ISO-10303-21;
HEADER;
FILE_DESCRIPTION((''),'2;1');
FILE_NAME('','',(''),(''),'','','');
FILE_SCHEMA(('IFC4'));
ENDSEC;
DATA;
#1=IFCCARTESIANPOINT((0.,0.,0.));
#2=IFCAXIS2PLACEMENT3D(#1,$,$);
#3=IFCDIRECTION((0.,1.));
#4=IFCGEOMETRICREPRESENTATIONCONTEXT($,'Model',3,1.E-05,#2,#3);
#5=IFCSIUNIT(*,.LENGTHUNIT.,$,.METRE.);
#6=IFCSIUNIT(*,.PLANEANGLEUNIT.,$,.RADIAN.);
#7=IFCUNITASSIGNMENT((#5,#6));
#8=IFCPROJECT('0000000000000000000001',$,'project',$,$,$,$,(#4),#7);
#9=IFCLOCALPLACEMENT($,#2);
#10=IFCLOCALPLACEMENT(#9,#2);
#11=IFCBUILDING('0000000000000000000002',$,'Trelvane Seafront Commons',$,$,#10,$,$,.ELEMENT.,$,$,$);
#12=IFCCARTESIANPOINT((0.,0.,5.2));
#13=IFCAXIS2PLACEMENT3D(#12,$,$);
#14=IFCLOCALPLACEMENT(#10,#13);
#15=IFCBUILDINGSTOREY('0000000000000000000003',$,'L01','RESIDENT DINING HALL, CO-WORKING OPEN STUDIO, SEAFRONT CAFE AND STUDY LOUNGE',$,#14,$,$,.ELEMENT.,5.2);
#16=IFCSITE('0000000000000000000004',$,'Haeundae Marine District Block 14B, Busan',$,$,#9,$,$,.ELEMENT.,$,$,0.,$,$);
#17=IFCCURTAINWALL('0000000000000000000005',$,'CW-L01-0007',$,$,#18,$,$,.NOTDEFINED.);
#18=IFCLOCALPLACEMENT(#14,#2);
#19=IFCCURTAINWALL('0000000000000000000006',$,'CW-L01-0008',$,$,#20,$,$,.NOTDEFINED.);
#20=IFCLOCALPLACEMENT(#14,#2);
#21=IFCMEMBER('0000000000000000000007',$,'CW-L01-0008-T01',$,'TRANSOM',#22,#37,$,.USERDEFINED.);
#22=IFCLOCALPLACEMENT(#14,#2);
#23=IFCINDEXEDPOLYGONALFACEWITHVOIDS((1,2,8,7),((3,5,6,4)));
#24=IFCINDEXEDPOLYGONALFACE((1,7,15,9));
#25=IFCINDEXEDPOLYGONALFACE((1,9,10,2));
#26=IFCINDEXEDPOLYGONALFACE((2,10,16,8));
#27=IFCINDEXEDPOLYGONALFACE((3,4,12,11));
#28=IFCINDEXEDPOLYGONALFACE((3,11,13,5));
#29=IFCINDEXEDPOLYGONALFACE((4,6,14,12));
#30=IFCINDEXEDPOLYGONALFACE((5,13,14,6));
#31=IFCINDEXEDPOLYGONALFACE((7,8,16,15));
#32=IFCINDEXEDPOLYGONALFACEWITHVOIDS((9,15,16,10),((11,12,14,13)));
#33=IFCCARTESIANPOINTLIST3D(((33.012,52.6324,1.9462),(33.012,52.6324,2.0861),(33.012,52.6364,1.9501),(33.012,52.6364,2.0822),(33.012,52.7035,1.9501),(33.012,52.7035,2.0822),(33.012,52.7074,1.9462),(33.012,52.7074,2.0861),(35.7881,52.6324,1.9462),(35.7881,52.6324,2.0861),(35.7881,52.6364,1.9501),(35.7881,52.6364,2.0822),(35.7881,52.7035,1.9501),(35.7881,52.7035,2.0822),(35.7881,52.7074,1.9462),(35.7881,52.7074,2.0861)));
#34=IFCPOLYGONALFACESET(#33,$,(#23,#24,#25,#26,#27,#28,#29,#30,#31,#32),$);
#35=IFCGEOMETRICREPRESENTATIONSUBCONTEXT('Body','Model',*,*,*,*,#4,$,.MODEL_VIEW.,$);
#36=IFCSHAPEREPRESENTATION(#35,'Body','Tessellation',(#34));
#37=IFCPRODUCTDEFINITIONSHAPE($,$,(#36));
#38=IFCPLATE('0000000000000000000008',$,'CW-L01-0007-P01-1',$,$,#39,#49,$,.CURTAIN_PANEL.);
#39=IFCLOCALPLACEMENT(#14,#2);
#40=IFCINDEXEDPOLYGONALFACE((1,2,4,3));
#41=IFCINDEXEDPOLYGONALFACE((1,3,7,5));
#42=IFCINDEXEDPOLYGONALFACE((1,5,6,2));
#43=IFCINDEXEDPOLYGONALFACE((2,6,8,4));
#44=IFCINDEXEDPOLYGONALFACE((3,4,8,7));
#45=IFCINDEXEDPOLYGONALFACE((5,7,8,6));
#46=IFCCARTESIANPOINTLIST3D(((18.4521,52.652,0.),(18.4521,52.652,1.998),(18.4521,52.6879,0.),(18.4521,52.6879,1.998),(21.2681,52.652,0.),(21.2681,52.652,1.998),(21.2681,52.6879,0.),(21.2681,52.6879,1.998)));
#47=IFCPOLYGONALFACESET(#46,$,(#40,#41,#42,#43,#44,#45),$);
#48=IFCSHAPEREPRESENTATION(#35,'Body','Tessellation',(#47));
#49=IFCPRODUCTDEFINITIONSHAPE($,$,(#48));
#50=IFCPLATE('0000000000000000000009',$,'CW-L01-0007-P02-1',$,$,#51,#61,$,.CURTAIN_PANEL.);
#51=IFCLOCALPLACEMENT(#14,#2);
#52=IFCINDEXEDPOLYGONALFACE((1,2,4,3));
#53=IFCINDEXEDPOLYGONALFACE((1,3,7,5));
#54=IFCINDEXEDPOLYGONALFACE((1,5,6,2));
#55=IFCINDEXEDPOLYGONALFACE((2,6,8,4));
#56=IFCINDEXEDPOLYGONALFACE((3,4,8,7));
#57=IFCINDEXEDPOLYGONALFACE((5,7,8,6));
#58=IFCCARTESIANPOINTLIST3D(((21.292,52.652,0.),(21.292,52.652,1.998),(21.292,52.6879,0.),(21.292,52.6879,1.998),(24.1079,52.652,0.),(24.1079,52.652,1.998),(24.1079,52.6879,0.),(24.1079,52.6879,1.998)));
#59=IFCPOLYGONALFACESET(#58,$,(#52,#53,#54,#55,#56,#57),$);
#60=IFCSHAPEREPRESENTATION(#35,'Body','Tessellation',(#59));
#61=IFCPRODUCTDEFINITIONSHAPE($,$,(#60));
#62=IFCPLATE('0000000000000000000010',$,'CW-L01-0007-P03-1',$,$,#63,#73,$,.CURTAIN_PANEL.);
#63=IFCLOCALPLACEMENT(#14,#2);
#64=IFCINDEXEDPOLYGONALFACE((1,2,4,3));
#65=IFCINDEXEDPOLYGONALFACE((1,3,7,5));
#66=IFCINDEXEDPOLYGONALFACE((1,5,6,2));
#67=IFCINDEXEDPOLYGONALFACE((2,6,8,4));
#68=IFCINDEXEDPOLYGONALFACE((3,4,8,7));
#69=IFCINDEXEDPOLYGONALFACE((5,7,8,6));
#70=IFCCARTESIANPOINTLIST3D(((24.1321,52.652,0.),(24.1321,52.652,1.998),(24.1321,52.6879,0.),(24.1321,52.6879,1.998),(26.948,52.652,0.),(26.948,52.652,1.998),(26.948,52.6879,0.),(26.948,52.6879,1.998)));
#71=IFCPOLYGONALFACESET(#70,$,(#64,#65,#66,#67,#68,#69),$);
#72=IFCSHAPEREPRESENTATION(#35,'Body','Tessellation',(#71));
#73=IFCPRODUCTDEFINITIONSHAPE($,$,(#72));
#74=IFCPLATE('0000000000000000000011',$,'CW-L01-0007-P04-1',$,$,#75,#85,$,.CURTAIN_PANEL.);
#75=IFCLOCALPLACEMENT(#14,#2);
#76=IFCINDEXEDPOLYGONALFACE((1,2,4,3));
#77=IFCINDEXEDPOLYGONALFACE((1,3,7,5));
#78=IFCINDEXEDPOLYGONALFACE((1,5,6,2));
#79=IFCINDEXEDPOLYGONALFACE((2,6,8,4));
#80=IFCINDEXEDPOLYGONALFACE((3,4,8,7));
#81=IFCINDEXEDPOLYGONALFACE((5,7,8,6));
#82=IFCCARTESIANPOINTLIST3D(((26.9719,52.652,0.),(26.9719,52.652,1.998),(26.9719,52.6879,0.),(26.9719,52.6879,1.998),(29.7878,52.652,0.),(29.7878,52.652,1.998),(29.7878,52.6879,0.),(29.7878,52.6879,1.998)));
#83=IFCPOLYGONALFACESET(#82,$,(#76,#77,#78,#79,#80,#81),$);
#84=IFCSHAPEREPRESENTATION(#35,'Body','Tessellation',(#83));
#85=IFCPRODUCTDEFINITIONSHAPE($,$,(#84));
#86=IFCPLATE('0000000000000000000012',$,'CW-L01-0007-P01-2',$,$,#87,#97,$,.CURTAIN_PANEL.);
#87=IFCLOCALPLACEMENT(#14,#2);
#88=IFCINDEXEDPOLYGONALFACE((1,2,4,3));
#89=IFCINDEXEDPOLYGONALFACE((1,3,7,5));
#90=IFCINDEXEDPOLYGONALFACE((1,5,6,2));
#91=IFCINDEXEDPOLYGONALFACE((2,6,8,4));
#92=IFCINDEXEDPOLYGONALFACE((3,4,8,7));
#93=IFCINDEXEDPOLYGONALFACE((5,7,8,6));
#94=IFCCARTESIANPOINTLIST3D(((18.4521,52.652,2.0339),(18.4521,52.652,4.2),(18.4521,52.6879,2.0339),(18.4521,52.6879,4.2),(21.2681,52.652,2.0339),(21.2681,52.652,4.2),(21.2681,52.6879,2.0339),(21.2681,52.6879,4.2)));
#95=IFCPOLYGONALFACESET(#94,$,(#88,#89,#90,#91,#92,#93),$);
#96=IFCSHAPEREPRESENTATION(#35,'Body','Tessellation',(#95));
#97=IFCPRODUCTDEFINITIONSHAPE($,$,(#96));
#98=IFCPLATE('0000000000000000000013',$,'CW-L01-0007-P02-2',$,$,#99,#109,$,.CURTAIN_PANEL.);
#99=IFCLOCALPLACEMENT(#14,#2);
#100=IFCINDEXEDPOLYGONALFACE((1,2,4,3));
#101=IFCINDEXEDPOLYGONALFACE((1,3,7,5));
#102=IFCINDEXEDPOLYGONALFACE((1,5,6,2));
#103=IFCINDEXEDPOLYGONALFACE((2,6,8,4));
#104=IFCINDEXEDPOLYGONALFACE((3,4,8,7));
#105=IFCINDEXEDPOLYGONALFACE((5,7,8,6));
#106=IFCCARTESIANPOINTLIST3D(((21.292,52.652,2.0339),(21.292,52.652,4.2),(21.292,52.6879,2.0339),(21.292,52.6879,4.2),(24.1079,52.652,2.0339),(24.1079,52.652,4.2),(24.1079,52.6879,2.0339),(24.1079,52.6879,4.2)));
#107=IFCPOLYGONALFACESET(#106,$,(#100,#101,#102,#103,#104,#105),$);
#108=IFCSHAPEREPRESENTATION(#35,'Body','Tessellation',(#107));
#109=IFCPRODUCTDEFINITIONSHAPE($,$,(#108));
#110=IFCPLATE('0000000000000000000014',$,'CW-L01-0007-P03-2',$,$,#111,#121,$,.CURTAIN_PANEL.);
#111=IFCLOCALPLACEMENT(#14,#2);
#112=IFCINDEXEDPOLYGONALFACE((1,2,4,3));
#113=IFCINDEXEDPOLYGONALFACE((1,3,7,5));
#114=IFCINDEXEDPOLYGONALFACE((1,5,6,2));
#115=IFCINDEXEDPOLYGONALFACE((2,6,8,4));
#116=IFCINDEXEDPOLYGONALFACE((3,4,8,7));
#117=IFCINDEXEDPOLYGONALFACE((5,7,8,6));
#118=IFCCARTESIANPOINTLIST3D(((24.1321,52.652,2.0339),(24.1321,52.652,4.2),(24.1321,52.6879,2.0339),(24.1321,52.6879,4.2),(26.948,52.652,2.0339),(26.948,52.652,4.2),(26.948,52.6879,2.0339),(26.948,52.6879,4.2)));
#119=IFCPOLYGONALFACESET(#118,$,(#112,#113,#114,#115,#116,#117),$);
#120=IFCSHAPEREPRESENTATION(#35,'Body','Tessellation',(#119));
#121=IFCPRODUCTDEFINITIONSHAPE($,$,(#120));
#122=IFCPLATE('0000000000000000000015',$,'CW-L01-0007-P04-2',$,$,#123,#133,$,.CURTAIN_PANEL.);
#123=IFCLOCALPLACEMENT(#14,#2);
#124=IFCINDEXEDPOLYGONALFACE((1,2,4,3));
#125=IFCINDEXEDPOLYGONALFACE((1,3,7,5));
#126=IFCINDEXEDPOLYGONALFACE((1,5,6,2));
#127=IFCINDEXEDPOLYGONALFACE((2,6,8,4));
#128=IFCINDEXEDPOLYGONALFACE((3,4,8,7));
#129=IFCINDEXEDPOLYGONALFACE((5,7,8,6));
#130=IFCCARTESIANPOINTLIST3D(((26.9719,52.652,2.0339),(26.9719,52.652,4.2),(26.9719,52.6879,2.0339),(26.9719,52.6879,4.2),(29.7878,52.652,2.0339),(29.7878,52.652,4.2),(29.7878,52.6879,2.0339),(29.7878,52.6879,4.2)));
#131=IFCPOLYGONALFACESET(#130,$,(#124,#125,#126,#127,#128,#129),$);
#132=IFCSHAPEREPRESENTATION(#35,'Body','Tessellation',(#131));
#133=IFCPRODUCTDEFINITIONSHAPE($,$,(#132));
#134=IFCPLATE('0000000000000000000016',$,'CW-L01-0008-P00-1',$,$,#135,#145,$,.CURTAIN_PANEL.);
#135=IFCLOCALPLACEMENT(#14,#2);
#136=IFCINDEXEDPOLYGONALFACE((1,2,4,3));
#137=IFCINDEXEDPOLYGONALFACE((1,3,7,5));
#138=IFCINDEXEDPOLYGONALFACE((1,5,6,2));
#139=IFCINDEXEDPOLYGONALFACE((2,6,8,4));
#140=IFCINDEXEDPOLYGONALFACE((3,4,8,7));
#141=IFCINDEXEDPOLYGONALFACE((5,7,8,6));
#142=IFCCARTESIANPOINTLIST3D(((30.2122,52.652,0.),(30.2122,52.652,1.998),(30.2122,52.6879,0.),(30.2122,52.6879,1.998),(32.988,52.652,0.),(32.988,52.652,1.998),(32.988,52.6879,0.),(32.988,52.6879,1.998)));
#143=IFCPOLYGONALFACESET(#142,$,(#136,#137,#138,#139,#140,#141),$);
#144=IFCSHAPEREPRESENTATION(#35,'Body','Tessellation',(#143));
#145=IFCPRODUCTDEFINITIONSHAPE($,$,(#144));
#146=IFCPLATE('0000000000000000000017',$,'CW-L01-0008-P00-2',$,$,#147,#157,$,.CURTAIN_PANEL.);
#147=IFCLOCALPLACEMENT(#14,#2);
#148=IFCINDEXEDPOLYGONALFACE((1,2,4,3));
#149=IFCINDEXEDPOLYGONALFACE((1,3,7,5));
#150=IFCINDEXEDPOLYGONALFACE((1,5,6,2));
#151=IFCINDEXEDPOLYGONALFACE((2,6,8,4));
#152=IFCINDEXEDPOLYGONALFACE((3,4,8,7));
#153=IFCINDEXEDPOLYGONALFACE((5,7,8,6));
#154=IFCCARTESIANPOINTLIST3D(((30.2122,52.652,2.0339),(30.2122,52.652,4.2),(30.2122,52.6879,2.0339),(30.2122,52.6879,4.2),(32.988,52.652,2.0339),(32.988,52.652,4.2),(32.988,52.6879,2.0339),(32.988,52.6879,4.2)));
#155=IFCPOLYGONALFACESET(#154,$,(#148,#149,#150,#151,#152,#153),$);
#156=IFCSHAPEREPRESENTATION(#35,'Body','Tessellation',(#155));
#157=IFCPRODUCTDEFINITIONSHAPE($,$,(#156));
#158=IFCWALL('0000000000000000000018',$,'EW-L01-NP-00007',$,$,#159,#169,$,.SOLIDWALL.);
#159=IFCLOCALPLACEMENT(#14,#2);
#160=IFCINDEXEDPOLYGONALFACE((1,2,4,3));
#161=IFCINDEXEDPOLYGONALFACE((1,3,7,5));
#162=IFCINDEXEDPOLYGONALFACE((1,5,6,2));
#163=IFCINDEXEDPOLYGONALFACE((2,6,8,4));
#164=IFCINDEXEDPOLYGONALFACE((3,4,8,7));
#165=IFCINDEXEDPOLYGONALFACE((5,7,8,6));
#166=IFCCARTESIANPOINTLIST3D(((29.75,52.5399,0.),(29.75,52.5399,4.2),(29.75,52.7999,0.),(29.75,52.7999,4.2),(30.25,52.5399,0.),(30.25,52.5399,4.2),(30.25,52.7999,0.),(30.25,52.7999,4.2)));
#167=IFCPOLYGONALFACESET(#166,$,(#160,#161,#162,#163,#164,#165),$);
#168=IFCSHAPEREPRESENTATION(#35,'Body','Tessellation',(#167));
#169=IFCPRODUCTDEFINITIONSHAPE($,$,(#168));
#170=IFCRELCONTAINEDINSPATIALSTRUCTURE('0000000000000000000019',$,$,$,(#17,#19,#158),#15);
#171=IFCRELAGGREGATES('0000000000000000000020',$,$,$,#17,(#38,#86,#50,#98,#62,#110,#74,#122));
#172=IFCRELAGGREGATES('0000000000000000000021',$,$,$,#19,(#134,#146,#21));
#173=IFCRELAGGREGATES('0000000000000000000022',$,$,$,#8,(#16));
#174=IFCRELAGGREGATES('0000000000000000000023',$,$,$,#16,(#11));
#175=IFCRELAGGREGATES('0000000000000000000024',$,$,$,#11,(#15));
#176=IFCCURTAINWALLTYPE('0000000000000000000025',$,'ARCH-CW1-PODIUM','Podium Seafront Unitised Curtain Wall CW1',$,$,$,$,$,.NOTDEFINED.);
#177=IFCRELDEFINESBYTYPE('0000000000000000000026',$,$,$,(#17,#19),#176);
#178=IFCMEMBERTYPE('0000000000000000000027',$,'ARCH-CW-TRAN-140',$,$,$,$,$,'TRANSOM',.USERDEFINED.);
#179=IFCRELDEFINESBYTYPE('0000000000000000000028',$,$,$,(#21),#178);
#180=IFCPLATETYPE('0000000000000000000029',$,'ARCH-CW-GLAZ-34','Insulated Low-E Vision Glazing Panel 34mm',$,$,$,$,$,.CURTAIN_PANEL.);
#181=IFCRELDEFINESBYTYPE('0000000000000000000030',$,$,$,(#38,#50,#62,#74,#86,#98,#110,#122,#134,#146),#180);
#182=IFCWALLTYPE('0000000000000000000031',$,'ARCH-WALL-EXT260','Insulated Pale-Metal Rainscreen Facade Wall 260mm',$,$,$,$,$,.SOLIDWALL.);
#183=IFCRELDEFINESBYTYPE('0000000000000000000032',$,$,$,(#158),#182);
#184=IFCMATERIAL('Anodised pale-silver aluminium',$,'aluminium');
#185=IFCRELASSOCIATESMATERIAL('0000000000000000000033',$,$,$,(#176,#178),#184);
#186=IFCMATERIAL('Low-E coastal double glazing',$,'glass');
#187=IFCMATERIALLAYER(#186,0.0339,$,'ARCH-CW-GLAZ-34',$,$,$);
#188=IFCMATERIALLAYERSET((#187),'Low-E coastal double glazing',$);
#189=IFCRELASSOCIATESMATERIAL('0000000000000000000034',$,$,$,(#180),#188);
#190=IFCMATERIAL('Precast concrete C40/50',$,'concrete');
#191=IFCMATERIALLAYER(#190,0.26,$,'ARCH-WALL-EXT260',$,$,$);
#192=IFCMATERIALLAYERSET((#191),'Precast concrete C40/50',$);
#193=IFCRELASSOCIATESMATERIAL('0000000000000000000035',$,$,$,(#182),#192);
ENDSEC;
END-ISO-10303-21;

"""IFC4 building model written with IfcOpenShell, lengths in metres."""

from ifc_helpers import new_model, si_unit, direction, frame, frame_2d, origin, origin_2d, place, context, subcontext, project, spatial, rectangle, hollow_rectangle, extrude, source, transform, mapped, material, layer, layer_set, material_profile, profile_set, type_object, element, aggregate, save


model = new_model("IFC4")

# Units and contexts
model_context = context("Model", 3, precision=1e-05, world=origin(), true_north=direction((0.0, 1.0)))
body_context = subcontext(model_context, "Body", "Model", "MODEL_VIEW")
ifc_project = project(units=[si_unit("LENGTHUNIT", "METRE"), si_unit("PLANEANGLEUNIT", "RADIAN")], contexts=[model_context])

# Site, building, storey
site_placement = place(None, origin())
site = spatial("IfcSite", under=ifc_project, at=site_placement, Name="Haeundae Marine District Block 14B, Busan", CompositionType="ELEMENT", RefElevation=0.0)
building_placement = place(site_placement, origin())
building = spatial("IfcBuilding", under=site, at=building_placement, Name="Trelvane Seafront Commons", CompositionType="ELEMENT")
storey_placement = place(building_placement, frame((0.0, 0.0, 5.2)))
storey = spatial("IfcBuildingStorey", under=building, at=storey_placement, Name="L01", Description="RESIDENT DINING HALL, CO-WORKING OPEN STUDIO, SEAFRONT CAFE AND STUDY LOUNGE", CompositionType="ELEMENT", Elevation=5.2)

# Curtain walls
ifc_material_1 = material(Name="Anodised pale-silver aluminium", Category="aluminium")
curtain_wall_type = type_object("IfcCurtainWallType", Name="ARCH-CW1-PODIUM", Description="Podium Seafront Unitised Curtain Wall CW1", PredefinedType="NOTDEFINED", material=ifc_material_1)
curtain_wall_1_placement = place(storey_placement, origin())
curtain_wall_1 = element("IfcCurtainWall", 1, at=curtain_wall_1_placement, inside=storey, type_object=curtain_wall_type, Name="CW-L01-0007", PredefinedType="NOTDEFINED")
curtain_wall_2_placement = place(storey_placement, origin())
curtain_wall_2 = element("IfcCurtainWall", 2, at=curtain_wall_2_placement, inside=storey, type_object=curtain_wall_type, Name="CW-L01-0008", PredefinedType="NOTDEFINED")

# Member
ifc_material_profile_1 = material_profile(ifc_material_1, hollow_rectangle(XDim=0.075, YDim=0.1399, WallThickness=0.0039, at=origin_2d()), Name="TRAN-75x140x4")
ifc_profile_set_1 = profile_set([ifc_material_profile_1], Name="Anodised pale-silver aluminium")
member_type_1 = type_object("IfcMemberType", Name="ARCH-CW-TRAN-140", ElementType="TRANSOM", PredefinedType="USERDEFINED", material=ifc_profile_set_1)
shared_shape_1 = source(origin(), body_context, "Body", "SweptSolid", [
    extrude(hollow_rectangle(XDim=0.075, YDim=0.1399, WallThickness=0.0039, at=origin_2d()), origin(), (0.0, 0.0, 1.0), 2.7761),
])
member_1_placement = place(storey_placement, frame((33.012, 52.6699, 2.0161), z_axis=(1.0, 0.0, 0.0), x_axis=(0.0, 1.0, 0.0)))
member_1 = element("IfcMember", 3, at=member_1_placement, type_object=member_type_1, Name="CW-L01-0008-T01", ObjectType="TRANSOM", PredefinedType="USERDEFINED", context=body_context, shape_type="MappedRepresentation", body=[
    mapped(shared_shape_1, transform((0.0, 0.0, 0.0), x_axis=(1.0, 0.0, 0.0), y_axis=(0.0, 1.0, 0.0), z_axis=(0.0, 0.0, 1.0), scale=1.0)),
])

# Plates
ifc_material_2 = material(Name="Low-E coastal double glazing", Category="glass")
ifc_layer_1 = layer(ifc_material_2, 0.0339, Name="ARCH-CW-GLAZ-34")
ifc_layer_set_1 = layer_set([ifc_layer_1], Name="Low-E coastal double glazing")
plate_type = type_object("IfcPlateType", Name="ARCH-CW-GLAZ-34", Description="Insulated Low-E Vision Glazing Panel 34mm", PredefinedType="CURTAIN_PANEL", material=ifc_layer_set_1)
shared_shape_2 = source(origin(), body_context, "Body", "SweptSolid", [
    extrude(rectangle(XDim=2.8159, YDim=0.0359, at=origin_2d()), origin(), (0.0, 0.0, 1.0), 1.998),
])
plate_1_placement = place(storey_placement, frame((19.8601, 52.6699, 0.0), z_axis=(0.0, 0.0, 1.0), x_axis=(1.0, 0.0, 0.0)))
plate_1 = element("IfcPlate", 4, at=plate_1_placement, type_object=plate_type, Name="CW-L01-0007-P01-1", PredefinedType="CURTAIN_PANEL", context=body_context, shape_type="MappedRepresentation", body=[
    mapped(shared_shape_2, transform((0.0, 0.0, 0.0), x_axis=(1.0, 0.0, 0.0), y_axis=(0.0, 1.0, 0.0), z_axis=(0.0, 0.0, 1.0), scale=1.0)),
])
plate_2_placement = place(storey_placement, frame((22.7, 52.6699, 0.0), z_axis=(0.0, 0.0, 1.0), x_axis=(1.0, 0.0, 0.0)))
plate_2 = element("IfcPlate", 5, at=plate_2_placement, type_object=plate_type, Name="CW-L01-0007-P02-1", PredefinedType="CURTAIN_PANEL", context=body_context, shape_type="MappedRepresentation", body=[
    mapped(shared_shape_2, transform((0.0, 0.0, 0.0), x_axis=(1.0, 0.0, 0.0), y_axis=(0.0, 1.0, 0.0), z_axis=(0.0, 0.0, 1.0), scale=1.0)),
])
plate_3_placement = place(storey_placement, frame((25.54, 52.6699, 0.0), z_axis=(0.0, 0.0, 1.0), x_axis=(1.0, 0.0, 0.0)))
plate_3 = element("IfcPlate", 6, at=plate_3_placement, type_object=plate_type, Name="CW-L01-0007-P03-1", PredefinedType="CURTAIN_PANEL", context=body_context, shape_type="MappedRepresentation", body=[
    mapped(shared_shape_2, transform((0.0, 0.0, 0.0), x_axis=(1.0, 0.0, 0.0), y_axis=(0.0, 1.0, 0.0), z_axis=(0.0, 0.0, 1.0), scale=1.0)),
])
plate_4_placement = place(storey_placement, frame((28.3799, 52.6699, 0.0), z_axis=(0.0, 0.0, 1.0), x_axis=(1.0, 0.0, 0.0)))
plate_4 = element("IfcPlate", 7, at=plate_4_placement, type_object=plate_type, Name="CW-L01-0007-P04-1", PredefinedType="CURTAIN_PANEL", context=body_context, shape_type="MappedRepresentation", body=[
    mapped(shared_shape_2, transform((0.0, 0.0, 0.0), x_axis=(1.0, 0.0, 0.0), y_axis=(0.0, 1.0, 0.0), z_axis=(0.0, 0.0, 1.0), scale=1.0)),
])
shared_shape_3 = source(origin(), body_context, "Body", "SweptSolid", [
    extrude(rectangle(XDim=2.8159, YDim=0.0359, at=origin_2d()), origin(), (0.0, 0.0, 1.0), 2.166),
])
plate_5_placement = place(storey_placement, frame((19.8601, 52.6699, 2.0339), z_axis=(0.0, 0.0, 1.0), x_axis=(1.0, 0.0, 0.0)))
plate_5 = element("IfcPlate", 8, at=plate_5_placement, type_object=plate_type, Name="CW-L01-0007-P01-2", PredefinedType="CURTAIN_PANEL", context=body_context, shape_type="MappedRepresentation", body=[
    mapped(shared_shape_3, transform((0.0, 0.0, 0.0), x_axis=(1.0, 0.0, 0.0), y_axis=(0.0, 1.0, 0.0), z_axis=(0.0, 0.0, 1.0), scale=1.0)),
])
plate_6_placement = place(storey_placement, frame((22.7, 52.6699, 2.0339), z_axis=(0.0, 0.0, 1.0), x_axis=(1.0, 0.0, 0.0)))
plate_6 = element("IfcPlate", 9, at=plate_6_placement, type_object=plate_type, Name="CW-L01-0007-P02-2", PredefinedType="CURTAIN_PANEL", context=body_context, shape_type="MappedRepresentation", body=[
    mapped(shared_shape_3, transform((0.0, 0.0, 0.0), x_axis=(1.0, 0.0, 0.0), y_axis=(0.0, 1.0, 0.0), z_axis=(0.0, 0.0, 1.0), scale=1.0)),
])
plate_7_placement = place(storey_placement, frame((25.54, 52.6699, 2.0339), z_axis=(0.0, 0.0, 1.0), x_axis=(1.0, 0.0, 0.0)))
plate_7 = element("IfcPlate", 10, at=plate_7_placement, type_object=plate_type, Name="CW-L01-0007-P03-2", PredefinedType="CURTAIN_PANEL", context=body_context, shape_type="MappedRepresentation", body=[
    mapped(shared_shape_3, transform((0.0, 0.0, 0.0), x_axis=(1.0, 0.0, 0.0), y_axis=(0.0, 1.0, 0.0), z_axis=(0.0, 0.0, 1.0), scale=1.0)),
])
plate_8_placement = place(storey_placement, frame((28.3799, 52.6699, 2.0339), z_axis=(0.0, 0.0, 1.0), x_axis=(1.0, 0.0, 0.0)))
plate_8 = element("IfcPlate", 11, at=plate_8_placement, type_object=plate_type, Name="CW-L01-0007-P04-2", PredefinedType="CURTAIN_PANEL", context=body_context, shape_type="MappedRepresentation", body=[
    mapped(shared_shape_3, transform((0.0, 0.0, 0.0), x_axis=(1.0, 0.0, 0.0), y_axis=(0.0, 1.0, 0.0), z_axis=(0.0, 0.0, 1.0), scale=1.0)),
])
aggregate(curtain_wall_1, [plate_1, plate_5, plate_2, plate_6, plate_3, plate_7, plate_4, plate_8])
shared_shape_4 = source(origin(), body_context, "Body", "SweptSolid", [
    extrude(rectangle(XDim=2.7759, YDim=0.0359, at=origin_2d()), origin(), (0.0, 0.0, 1.0), 1.998),
])
plate_9_placement = place(storey_placement, frame((31.6001, 52.6699, 0.0), z_axis=(0.0, 0.0, 1.0), x_axis=(1.0, 0.0, 0.0)))
plate_9 = element("IfcPlate", 12, at=plate_9_placement, type_object=plate_type, Name="CW-L01-0008-P00-1", PredefinedType="CURTAIN_PANEL", context=body_context, shape_type="MappedRepresentation", body=[
    mapped(shared_shape_4, transform((0.0, 0.0, 0.0), x_axis=(1.0, 0.0, 0.0), y_axis=(0.0, 1.0, 0.0), z_axis=(0.0, 0.0, 1.0), scale=1.0)),
])
shared_shape_5 = source(origin(), body_context, "Body", "SweptSolid", [
    extrude(rectangle(XDim=2.7759, YDim=0.0359, at=origin_2d()), origin(), (0.0, 0.0, 1.0), 2.166),
])
plate_10_placement = place(storey_placement, frame((31.6001, 52.6699, 2.0339), z_axis=(0.0, 0.0, 1.0), x_axis=(1.0, 0.0, 0.0)))
plate_10 = element("IfcPlate", 13, at=plate_10_placement, type_object=plate_type, Name="CW-L01-0008-P00-2", PredefinedType="CURTAIN_PANEL", context=body_context, shape_type="MappedRepresentation", body=[
    mapped(shared_shape_5, transform((0.0, 0.0, 0.0), x_axis=(1.0, 0.0, 0.0), y_axis=(0.0, 1.0, 0.0), z_axis=(0.0, 0.0, 1.0), scale=1.0)),
])
aggregate(curtain_wall_2, [plate_9, plate_10, member_1])

# Wall
ifc_material_3 = material(Name="Precast concrete C40/50", Category="concrete")
ifc_layer_2 = layer(ifc_material_3, 0.26, Name="ARCH-WALL-EXT260")
ifc_layer_set_2 = layer_set([ifc_layer_2], Name="Precast concrete C40/50")
wall_type = type_object("IfcWallType", Name="ARCH-WALL-EXT260", Description="Insulated Pale-Metal Rainscreen Facade Wall 260mm", PredefinedType="SOLIDWALL", material=ifc_layer_set_2)
wall_placement = place(storey_placement, frame((29.75, 52.6699, 0.0), z_axis=(0.0, 0.0, 1.0), x_axis=(1.0, 0.0, 0.0)))
element("IfcWall", 14, at=wall_placement, inside=storey, type_object=wall_type, Name="EW-L01-NP-00007", PredefinedType="SOLIDWALL", context=body_context, shape_type="SweptSolid", body=[
    extrude(rectangle(XDim=0.5, YDim=0.26, at=frame_2d((0.25, 0.0))), origin(), (0.0, 0.0, 1.0), 4.2),
])

save(model, "model.ifc")
